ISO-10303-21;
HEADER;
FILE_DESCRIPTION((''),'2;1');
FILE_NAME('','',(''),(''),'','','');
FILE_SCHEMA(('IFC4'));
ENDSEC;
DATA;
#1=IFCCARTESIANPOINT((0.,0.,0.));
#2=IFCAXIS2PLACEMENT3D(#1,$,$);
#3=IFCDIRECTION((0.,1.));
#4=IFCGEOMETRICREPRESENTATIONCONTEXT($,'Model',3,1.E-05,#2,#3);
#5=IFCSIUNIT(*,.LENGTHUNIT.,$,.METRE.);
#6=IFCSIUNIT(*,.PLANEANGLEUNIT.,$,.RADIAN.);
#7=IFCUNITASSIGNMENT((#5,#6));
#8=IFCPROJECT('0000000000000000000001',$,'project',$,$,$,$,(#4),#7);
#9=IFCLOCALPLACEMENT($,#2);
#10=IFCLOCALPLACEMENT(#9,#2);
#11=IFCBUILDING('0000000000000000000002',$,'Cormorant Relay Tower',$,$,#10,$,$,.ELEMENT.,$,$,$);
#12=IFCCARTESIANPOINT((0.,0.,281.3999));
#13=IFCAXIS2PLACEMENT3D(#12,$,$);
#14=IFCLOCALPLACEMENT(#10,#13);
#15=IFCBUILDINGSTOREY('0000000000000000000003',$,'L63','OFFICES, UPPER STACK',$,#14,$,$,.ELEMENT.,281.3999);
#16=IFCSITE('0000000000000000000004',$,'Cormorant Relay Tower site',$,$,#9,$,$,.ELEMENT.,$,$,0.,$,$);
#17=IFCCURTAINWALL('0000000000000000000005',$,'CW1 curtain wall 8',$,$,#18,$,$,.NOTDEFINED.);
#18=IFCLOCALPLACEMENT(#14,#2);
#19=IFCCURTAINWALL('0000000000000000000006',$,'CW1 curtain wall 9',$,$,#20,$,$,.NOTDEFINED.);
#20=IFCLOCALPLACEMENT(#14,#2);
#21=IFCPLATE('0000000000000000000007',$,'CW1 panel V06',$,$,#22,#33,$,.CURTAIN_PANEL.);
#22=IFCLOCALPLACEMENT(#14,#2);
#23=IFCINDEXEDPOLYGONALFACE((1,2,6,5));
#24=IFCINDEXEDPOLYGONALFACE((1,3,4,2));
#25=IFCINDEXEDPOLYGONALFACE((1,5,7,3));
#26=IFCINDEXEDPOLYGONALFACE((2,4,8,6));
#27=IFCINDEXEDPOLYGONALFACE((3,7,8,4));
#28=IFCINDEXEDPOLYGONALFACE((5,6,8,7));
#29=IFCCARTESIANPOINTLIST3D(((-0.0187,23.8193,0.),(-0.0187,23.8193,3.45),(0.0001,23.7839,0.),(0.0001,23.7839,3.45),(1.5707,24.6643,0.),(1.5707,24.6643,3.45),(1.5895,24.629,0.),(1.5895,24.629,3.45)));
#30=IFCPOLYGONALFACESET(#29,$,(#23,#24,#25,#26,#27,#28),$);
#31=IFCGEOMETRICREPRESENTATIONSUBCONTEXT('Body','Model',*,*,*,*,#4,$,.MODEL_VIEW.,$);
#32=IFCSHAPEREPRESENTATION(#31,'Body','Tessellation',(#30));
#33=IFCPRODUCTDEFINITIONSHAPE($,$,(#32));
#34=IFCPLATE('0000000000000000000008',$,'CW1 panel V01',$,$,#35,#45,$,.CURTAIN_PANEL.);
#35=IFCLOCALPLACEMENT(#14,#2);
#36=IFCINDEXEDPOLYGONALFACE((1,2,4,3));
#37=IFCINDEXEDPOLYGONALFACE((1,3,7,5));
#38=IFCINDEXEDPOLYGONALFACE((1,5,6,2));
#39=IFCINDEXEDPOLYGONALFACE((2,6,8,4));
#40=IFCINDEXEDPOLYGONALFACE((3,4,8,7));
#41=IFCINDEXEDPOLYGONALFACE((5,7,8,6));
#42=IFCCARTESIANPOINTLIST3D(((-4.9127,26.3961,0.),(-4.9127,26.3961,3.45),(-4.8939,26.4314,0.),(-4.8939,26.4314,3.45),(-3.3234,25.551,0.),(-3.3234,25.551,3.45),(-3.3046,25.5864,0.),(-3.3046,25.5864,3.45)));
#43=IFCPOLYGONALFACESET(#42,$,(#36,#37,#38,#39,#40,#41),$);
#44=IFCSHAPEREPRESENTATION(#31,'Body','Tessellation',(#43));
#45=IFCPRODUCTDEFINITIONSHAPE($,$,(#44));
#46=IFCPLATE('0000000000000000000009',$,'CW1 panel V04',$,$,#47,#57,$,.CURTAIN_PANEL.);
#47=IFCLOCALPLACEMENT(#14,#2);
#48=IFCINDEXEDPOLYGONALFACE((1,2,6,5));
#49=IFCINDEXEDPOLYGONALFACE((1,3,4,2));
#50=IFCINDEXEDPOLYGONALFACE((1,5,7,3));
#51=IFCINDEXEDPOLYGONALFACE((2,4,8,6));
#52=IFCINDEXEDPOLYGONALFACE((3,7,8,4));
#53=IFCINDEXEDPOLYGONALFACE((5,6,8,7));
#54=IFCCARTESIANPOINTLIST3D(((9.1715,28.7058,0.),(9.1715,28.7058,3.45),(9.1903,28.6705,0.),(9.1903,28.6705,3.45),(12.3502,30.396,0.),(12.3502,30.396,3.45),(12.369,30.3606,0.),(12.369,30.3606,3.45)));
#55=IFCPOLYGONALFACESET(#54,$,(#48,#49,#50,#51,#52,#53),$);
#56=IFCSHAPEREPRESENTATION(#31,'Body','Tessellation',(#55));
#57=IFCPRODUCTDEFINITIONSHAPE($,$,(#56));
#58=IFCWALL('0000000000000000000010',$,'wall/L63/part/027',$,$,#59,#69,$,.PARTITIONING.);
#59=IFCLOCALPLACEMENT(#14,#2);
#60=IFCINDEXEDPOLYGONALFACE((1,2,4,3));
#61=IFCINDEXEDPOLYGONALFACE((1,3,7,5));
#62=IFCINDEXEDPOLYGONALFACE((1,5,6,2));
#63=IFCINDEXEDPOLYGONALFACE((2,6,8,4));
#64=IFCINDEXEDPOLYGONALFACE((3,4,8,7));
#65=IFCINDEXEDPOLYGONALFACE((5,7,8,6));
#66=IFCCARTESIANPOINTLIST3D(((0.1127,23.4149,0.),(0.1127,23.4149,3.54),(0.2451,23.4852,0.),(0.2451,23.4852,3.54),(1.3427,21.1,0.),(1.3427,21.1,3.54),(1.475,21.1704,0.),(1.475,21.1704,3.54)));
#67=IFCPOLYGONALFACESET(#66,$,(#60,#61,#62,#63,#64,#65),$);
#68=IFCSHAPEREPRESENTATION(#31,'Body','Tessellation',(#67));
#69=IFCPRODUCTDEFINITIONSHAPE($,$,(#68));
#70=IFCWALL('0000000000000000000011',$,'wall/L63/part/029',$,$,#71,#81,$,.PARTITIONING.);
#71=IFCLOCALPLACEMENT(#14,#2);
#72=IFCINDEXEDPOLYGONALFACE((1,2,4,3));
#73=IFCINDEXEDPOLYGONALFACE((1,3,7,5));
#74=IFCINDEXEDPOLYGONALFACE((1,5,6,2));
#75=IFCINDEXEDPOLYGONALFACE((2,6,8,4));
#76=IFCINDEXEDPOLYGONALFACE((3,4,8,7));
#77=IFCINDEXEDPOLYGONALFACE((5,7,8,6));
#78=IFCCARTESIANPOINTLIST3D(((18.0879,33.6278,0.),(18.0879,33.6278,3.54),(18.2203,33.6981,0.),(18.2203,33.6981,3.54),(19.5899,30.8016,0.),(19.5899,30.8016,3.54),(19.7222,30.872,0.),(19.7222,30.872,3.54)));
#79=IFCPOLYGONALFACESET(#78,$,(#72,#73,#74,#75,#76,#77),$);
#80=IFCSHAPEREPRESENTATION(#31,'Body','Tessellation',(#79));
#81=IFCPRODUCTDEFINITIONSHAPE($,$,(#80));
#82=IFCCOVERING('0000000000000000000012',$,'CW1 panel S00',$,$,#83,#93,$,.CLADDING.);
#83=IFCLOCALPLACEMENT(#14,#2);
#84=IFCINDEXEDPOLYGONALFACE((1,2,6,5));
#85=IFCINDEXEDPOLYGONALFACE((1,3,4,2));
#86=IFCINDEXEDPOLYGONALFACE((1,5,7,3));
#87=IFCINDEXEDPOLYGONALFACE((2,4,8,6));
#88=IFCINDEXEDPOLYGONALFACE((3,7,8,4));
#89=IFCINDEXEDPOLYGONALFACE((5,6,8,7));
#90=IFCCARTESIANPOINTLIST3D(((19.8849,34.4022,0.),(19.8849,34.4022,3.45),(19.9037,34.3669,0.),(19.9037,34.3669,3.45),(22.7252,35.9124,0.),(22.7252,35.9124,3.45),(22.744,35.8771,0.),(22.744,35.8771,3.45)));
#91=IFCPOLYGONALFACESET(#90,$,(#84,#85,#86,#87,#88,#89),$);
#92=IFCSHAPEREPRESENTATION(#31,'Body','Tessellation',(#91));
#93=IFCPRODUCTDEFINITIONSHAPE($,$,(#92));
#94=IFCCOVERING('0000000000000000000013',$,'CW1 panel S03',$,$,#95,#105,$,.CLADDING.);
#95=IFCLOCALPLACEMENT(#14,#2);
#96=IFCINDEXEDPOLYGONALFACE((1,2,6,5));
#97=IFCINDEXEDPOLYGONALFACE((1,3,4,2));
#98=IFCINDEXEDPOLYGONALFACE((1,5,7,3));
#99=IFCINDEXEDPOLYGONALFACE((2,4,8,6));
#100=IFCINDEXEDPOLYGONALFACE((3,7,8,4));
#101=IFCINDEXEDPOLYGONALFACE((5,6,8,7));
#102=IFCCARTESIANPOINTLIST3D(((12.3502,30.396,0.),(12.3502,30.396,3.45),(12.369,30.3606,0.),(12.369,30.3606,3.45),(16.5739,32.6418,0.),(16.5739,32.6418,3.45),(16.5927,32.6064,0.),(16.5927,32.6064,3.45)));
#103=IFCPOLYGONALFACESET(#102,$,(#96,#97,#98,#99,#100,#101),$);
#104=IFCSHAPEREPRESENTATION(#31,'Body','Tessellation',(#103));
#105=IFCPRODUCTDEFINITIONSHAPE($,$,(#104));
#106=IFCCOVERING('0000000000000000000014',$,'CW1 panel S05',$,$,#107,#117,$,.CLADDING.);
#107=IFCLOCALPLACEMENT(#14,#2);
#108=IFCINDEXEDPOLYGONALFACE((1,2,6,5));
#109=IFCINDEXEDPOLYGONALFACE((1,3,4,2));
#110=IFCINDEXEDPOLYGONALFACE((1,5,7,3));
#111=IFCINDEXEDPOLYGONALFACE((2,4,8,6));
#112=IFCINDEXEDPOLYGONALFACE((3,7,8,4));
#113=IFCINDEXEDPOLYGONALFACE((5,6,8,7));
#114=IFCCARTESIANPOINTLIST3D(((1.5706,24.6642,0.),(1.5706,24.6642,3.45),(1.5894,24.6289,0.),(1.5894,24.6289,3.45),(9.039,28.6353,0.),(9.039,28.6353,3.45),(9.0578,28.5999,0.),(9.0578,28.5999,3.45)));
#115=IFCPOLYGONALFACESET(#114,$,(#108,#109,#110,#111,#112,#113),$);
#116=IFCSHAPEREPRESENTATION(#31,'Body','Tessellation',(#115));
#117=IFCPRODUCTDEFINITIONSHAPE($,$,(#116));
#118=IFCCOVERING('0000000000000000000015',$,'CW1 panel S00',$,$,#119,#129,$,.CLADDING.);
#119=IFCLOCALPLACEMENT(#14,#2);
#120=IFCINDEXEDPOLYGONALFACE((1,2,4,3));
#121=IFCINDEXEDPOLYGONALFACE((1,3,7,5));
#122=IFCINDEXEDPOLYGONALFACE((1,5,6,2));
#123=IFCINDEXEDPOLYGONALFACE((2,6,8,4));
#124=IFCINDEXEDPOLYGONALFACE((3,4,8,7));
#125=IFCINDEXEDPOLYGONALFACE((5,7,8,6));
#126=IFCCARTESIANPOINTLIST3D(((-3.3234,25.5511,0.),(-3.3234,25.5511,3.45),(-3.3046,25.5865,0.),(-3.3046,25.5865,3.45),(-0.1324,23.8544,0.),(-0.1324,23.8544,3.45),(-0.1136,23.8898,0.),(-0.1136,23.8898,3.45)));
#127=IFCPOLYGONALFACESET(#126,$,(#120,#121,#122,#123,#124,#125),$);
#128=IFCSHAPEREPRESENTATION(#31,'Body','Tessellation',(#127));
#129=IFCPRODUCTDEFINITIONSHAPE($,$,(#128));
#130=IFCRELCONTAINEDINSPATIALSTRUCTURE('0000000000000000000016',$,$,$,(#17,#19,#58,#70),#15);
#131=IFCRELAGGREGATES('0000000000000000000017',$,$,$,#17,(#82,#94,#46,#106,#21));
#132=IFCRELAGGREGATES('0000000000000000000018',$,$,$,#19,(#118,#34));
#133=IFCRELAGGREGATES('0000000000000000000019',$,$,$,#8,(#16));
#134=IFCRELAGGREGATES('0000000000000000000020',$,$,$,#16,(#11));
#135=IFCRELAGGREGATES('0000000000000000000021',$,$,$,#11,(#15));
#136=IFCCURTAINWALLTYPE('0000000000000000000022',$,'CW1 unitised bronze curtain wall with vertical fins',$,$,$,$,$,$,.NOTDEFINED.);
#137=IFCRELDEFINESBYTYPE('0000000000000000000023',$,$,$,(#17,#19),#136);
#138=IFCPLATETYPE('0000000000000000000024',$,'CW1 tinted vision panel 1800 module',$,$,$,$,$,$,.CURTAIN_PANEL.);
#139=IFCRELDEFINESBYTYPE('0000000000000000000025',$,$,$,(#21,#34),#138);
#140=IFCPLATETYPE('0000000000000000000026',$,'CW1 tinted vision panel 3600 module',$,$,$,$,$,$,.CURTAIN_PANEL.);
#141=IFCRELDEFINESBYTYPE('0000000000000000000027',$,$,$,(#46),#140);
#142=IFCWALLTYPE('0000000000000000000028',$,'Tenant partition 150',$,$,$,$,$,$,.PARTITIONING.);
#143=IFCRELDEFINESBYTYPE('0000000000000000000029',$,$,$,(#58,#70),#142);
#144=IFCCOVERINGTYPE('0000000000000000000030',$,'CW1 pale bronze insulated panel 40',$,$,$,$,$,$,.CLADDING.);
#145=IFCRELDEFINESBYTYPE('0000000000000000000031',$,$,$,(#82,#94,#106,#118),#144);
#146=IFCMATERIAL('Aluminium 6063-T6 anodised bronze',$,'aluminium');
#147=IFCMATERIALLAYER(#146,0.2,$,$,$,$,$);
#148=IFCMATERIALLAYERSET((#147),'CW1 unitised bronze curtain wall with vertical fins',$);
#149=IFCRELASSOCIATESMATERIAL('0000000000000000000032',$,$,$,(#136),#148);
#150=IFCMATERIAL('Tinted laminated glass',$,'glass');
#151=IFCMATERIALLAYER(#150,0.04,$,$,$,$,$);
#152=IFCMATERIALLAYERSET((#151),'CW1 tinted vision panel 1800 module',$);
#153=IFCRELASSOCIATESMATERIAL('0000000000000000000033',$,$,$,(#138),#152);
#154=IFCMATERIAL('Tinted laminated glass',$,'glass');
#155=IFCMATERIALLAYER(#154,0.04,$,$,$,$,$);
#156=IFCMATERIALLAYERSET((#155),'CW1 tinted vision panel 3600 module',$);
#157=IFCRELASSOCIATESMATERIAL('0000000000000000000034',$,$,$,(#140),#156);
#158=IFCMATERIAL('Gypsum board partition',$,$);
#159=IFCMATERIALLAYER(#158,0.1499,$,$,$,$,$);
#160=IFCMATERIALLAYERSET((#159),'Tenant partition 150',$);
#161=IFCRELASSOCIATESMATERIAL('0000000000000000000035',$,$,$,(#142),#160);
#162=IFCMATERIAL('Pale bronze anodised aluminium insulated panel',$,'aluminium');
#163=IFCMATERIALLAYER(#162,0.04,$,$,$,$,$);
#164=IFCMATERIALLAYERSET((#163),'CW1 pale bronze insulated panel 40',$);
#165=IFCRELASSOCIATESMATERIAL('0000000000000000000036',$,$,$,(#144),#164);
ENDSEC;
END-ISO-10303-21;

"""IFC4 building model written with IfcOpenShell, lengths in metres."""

from ifc_helpers import new_model, si_unit, direction, frame, frame_2d, origin, origin_2d, place, context, subcontext, project, spatial, rectangle, extrude, material, layer, layer_set, type_object, element, aggregate, save


model = new_model("IFC4")

# Units and contexts
model_context = context("Model", 3, precision=1e-05, world=origin(), true_north=direction((0.0, 1.0)))
body_context = subcontext(model_context, "Body", "Model", "MODEL_VIEW")
ifc_project = project(units=[si_unit("LENGTHUNIT", "METRE"), si_unit("PLANEANGLEUNIT", "RADIAN")], contexts=[model_context])

# Site, building, storey
site_placement = place(None, origin())
site = spatial("IfcSite", under=ifc_project, at=site_placement, Name="Cormorant Relay Tower site", CompositionType="ELEMENT", RefElevation=0.0)
building_placement = place(site_placement, origin())
building = spatial("IfcBuilding", under=site, at=building_placement, Name="Cormorant Relay Tower", CompositionType="ELEMENT")
storey_placement = place(building_placement, frame((0.0, 0.0, 281.3999)))
storey = spatial("IfcBuildingStorey", under=building, at=storey_placement, Name="L63", Description="OFFICES, UPPER STACK", CompositionType="ELEMENT", Elevation=281.3999)

# Curtain wall
ifc_material_1 = material(Name="Aluminium 6063-T6 anodised bronze", Category="aluminium")
ifc_layer_1 = layer(ifc_material_1, 0.2)
ifc_layer_set_1 = layer_set([ifc_layer_1], Name="CW1 unitised bronze curtain wall with vertical fins")
curtain_wall_type = type_object("IfcCurtainWallType", Name="CW1 unitised bronze curtain wall with vertical fins", PredefinedType="NOTDEFINED", material=ifc_layer_set_1)
curtain_wall_1_placement = place(storey_placement, origin())
curtain_wall_1 = element("IfcCurtainWall", 1, at=curtain_wall_1_placement, inside=storey, type_object=curtain_wall_type, Name="CW1 curtain wall 8", PredefinedType="NOTDEFINED")

# Curtain wall
curtain_wall_2_placement = place(storey_placement, origin())
curtain_wall_2 = element("IfcCurtainWall", 2, at=curtain_wall_2_placement, inside=storey, type_object=curtain_wall_type, Name="CW1 curtain wall 9", PredefinedType="NOTDEFINED")

# Plates
ifc_material_2 = material(Name="Tinted laminated glass", Category="glass")
ifc_layer_2 = layer(ifc_material_2, 0.04)
ifc_layer_set_2 = layer_set([ifc_layer_2], Name="CW1 tinted vision panel 1800 module")
plate_type_1 = type_object("IfcPlateType", Name="CW1 tinted vision panel 1800 module", PredefinedType="CURTAIN_PANEL", material=ifc_layer_set_2)
plate_1_placement = place(storey_placement, frame((0.7854, 24.2241, 0.0), z_axis=(0.0, 0.0, 1.0), x_axis=(-0.882948, -0.469472, 0.0)))
plate_1 = element("IfcPlate", 3, at=plate_1_placement, type_object=plate_type_1, Name="CW1 panel V06", PredefinedType="CURTAIN_PANEL", context=body_context, shape_type="SweptSolid", body=[
    extrude(rectangle(XDim=1.8, YDim=0.04, at=origin_2d()), origin(), (0.0, 0.0, 1.0), 3.45),
])
plate_2_placement = place(storey_placement, frame((-4.1086, 25.9912, 0.0), z_axis=(0.0, 0.0, 1.0), x_axis=(-0.882948, 0.469472, 0.0)))
plate_2 = element("IfcPlate", 4, at=plate_2_placement, type_object=plate_type_1, Name="CW1 panel V01", PredefinedType="CURTAIN_PANEL", context=body_context, shape_type="SweptSolid", body=[
    extrude(rectangle(XDim=1.8, YDim=0.04, at=origin_2d()), origin(), (0.0, 0.0, 1.0), 3.45),
])
ifc_material_3 = material(Name="Tinted laminated glass", Category="glass")
ifc_layer_3 = layer(ifc_material_3, 0.04)
ifc_layer_set_3 = layer_set([ifc_layer_3], Name="CW1 tinted vision panel 3600 module")
plate_type_2 = type_object("IfcPlateType", Name="CW1 tinted vision panel 3600 module", PredefinedType="CURTAIN_PANEL", material=ifc_layer_set_3)
plate_3_placement = place(storey_placement, frame((10.7703, 29.5332, 0.0), z_axis=(0.0, 0.0, 1.0), x_axis=(-0.882948, -0.469472, 0.0)))
plate_3 = element("IfcPlate", 5, at=plate_3_placement, type_object=plate_type_2, Name="CW1 panel V04", PredefinedType="CURTAIN_PANEL", context=body_context, shape_type="SweptSolid", body=[
    extrude(rectangle(XDim=3.6001, YDim=0.04, at=origin_2d()), origin(), (0.0, 0.0, 1.0), 3.45),
])

# Walls
ifc_material_4 = material(Name="Gypsum board partition")
ifc_layer_4 = layer(ifc_material_4, 0.1499)
ifc_layer_set_4 = layer_set([ifc_layer_4], Name="Tenant partition 150")
wall_type = type_object("IfcWallType", Name="Tenant partition 150", PredefinedType="PARTITIONING", material=ifc_layer_set_4)
wall_1_placement = place(storey_placement, frame((0.179, 23.45, 0.0), z_axis=(0.0, 0.0, 1.0), x_axis=(0.469205, -0.883089, 0.0)))
element("IfcWall", 6, at=wall_1_placement, inside=storey, type_object=wall_type, Name="wall/L63/part/027", PredefinedType="PARTITIONING", context=body_context, shape_type="SweptSolid", body=[
    extrude(rectangle(XDim=2.6213, YDim=0.1499, at=frame_2d((1.3105, 0.0))), origin(), (0.0, 0.0, 1.0), 3.54),
])
wall_2_placement = place(storey_placement, frame((19.656, 30.8369, 0.0), z_axis=(0.0, 0.0, 1.0), x_axis=(-0.469289, 0.883045, 0.0)))
element("IfcWall", 7, at=wall_2_placement, inside=storey, type_object=wall_type, Name="wall/L63/part/029", PredefinedType="PARTITIONING", context=body_context, shape_type="SweptSolid", body=[
    extrude(rectangle(XDim=3.2004, YDim=0.1499, at=frame_2d((1.6001, 0.0))), origin(), (0.0, 0.0, 1.0), 3.54),
])

# Coverings
ifc_material_5 = material(Name="Pale bronze anodised aluminium insulated panel", Category="aluminium")
ifc_layer_5 = layer(ifc_material_5, 0.04)
ifc_layer_set_5 = layer_set([ifc_layer_5], Name="CW1 pale bronze insulated panel 40")
covering_type = type_object("IfcCoveringType", Name="CW1 pale bronze insulated panel 40", PredefinedType="CLADDING", material=ifc_layer_set_5)
covering_1_placement = place(storey_placement, frame((21.3145, 35.1396, 0.0), z_axis=(0.0, 0.0, 1.0), x_axis=(-0.882948, -0.469472, 0.0)))
covering_1 = element("IfcCovering", 8, at=covering_1_placement, type_object=covering_type, Name="CW1 panel S00", PredefinedType="CLADDING", context=body_context, shape_type="SweptSolid", body=[
    extrude(rectangle(XDim=3.2168, YDim=0.04, at=origin_2d()), origin(), (0.0, 0.0, 1.0), 3.45),
])
covering_2_placement = place(storey_placement, frame((14.4714, 31.5012, 0.0), z_axis=(0.0, 0.0, 1.0), x_axis=(-0.882948, -0.469472, 0.0)))
covering_2 = element("IfcCovering", 9, at=covering_2_placement, type_object=covering_type, Name="CW1 panel S03", PredefinedType="CLADDING", context=body_context, shape_type="SweptSolid", body=[
    extrude(rectangle(XDim=4.7837, YDim=0.04, at=origin_2d()), origin(), (0.0, 0.0, 1.0), 3.45),
])
covering_3_placement = place(storey_placement, frame((5.3142, 26.6321, 0.0), z_axis=(0.0, 0.0, 1.0), x_axis=(-0.882948, -0.469472, 0.0)))
covering_3 = element("IfcCovering", 10, at=covering_3_placement, type_object=covering_type, Name="CW1 panel S05", PredefinedType="CLADDING", context=body_context, shape_type="SweptSolid", body=[
    extrude(rectangle(XDim=8.4585, YDim=0.04, at=origin_2d()), origin(), (0.0, 0.0, 1.0), 3.45),
])
aggregate(curtain_wall_1, [covering_1, covering_2, plate_3, covering_3, plate_1])
covering_4_placement = place(storey_placement, frame((-1.7185, 24.7205, 0.0), z_axis=(0.0, 0.0, 1.0), x_axis=(-0.882948, 0.469472, 0.0)))
covering_4 = element("IfcCovering", 11, at=covering_4_placement, type_object=covering_type, Name="CW1 panel S00", PredefinedType="CLADDING", context=body_context, shape_type="SweptSolid", body=[
    extrude(rectangle(XDim=3.614, YDim=0.04, at=origin_2d()), origin(), (0.0, 0.0, 1.0), 3.45),
])
aggregate(curtain_wall_2, [covering_4, plate_2])

save(model, "model.ifc")
